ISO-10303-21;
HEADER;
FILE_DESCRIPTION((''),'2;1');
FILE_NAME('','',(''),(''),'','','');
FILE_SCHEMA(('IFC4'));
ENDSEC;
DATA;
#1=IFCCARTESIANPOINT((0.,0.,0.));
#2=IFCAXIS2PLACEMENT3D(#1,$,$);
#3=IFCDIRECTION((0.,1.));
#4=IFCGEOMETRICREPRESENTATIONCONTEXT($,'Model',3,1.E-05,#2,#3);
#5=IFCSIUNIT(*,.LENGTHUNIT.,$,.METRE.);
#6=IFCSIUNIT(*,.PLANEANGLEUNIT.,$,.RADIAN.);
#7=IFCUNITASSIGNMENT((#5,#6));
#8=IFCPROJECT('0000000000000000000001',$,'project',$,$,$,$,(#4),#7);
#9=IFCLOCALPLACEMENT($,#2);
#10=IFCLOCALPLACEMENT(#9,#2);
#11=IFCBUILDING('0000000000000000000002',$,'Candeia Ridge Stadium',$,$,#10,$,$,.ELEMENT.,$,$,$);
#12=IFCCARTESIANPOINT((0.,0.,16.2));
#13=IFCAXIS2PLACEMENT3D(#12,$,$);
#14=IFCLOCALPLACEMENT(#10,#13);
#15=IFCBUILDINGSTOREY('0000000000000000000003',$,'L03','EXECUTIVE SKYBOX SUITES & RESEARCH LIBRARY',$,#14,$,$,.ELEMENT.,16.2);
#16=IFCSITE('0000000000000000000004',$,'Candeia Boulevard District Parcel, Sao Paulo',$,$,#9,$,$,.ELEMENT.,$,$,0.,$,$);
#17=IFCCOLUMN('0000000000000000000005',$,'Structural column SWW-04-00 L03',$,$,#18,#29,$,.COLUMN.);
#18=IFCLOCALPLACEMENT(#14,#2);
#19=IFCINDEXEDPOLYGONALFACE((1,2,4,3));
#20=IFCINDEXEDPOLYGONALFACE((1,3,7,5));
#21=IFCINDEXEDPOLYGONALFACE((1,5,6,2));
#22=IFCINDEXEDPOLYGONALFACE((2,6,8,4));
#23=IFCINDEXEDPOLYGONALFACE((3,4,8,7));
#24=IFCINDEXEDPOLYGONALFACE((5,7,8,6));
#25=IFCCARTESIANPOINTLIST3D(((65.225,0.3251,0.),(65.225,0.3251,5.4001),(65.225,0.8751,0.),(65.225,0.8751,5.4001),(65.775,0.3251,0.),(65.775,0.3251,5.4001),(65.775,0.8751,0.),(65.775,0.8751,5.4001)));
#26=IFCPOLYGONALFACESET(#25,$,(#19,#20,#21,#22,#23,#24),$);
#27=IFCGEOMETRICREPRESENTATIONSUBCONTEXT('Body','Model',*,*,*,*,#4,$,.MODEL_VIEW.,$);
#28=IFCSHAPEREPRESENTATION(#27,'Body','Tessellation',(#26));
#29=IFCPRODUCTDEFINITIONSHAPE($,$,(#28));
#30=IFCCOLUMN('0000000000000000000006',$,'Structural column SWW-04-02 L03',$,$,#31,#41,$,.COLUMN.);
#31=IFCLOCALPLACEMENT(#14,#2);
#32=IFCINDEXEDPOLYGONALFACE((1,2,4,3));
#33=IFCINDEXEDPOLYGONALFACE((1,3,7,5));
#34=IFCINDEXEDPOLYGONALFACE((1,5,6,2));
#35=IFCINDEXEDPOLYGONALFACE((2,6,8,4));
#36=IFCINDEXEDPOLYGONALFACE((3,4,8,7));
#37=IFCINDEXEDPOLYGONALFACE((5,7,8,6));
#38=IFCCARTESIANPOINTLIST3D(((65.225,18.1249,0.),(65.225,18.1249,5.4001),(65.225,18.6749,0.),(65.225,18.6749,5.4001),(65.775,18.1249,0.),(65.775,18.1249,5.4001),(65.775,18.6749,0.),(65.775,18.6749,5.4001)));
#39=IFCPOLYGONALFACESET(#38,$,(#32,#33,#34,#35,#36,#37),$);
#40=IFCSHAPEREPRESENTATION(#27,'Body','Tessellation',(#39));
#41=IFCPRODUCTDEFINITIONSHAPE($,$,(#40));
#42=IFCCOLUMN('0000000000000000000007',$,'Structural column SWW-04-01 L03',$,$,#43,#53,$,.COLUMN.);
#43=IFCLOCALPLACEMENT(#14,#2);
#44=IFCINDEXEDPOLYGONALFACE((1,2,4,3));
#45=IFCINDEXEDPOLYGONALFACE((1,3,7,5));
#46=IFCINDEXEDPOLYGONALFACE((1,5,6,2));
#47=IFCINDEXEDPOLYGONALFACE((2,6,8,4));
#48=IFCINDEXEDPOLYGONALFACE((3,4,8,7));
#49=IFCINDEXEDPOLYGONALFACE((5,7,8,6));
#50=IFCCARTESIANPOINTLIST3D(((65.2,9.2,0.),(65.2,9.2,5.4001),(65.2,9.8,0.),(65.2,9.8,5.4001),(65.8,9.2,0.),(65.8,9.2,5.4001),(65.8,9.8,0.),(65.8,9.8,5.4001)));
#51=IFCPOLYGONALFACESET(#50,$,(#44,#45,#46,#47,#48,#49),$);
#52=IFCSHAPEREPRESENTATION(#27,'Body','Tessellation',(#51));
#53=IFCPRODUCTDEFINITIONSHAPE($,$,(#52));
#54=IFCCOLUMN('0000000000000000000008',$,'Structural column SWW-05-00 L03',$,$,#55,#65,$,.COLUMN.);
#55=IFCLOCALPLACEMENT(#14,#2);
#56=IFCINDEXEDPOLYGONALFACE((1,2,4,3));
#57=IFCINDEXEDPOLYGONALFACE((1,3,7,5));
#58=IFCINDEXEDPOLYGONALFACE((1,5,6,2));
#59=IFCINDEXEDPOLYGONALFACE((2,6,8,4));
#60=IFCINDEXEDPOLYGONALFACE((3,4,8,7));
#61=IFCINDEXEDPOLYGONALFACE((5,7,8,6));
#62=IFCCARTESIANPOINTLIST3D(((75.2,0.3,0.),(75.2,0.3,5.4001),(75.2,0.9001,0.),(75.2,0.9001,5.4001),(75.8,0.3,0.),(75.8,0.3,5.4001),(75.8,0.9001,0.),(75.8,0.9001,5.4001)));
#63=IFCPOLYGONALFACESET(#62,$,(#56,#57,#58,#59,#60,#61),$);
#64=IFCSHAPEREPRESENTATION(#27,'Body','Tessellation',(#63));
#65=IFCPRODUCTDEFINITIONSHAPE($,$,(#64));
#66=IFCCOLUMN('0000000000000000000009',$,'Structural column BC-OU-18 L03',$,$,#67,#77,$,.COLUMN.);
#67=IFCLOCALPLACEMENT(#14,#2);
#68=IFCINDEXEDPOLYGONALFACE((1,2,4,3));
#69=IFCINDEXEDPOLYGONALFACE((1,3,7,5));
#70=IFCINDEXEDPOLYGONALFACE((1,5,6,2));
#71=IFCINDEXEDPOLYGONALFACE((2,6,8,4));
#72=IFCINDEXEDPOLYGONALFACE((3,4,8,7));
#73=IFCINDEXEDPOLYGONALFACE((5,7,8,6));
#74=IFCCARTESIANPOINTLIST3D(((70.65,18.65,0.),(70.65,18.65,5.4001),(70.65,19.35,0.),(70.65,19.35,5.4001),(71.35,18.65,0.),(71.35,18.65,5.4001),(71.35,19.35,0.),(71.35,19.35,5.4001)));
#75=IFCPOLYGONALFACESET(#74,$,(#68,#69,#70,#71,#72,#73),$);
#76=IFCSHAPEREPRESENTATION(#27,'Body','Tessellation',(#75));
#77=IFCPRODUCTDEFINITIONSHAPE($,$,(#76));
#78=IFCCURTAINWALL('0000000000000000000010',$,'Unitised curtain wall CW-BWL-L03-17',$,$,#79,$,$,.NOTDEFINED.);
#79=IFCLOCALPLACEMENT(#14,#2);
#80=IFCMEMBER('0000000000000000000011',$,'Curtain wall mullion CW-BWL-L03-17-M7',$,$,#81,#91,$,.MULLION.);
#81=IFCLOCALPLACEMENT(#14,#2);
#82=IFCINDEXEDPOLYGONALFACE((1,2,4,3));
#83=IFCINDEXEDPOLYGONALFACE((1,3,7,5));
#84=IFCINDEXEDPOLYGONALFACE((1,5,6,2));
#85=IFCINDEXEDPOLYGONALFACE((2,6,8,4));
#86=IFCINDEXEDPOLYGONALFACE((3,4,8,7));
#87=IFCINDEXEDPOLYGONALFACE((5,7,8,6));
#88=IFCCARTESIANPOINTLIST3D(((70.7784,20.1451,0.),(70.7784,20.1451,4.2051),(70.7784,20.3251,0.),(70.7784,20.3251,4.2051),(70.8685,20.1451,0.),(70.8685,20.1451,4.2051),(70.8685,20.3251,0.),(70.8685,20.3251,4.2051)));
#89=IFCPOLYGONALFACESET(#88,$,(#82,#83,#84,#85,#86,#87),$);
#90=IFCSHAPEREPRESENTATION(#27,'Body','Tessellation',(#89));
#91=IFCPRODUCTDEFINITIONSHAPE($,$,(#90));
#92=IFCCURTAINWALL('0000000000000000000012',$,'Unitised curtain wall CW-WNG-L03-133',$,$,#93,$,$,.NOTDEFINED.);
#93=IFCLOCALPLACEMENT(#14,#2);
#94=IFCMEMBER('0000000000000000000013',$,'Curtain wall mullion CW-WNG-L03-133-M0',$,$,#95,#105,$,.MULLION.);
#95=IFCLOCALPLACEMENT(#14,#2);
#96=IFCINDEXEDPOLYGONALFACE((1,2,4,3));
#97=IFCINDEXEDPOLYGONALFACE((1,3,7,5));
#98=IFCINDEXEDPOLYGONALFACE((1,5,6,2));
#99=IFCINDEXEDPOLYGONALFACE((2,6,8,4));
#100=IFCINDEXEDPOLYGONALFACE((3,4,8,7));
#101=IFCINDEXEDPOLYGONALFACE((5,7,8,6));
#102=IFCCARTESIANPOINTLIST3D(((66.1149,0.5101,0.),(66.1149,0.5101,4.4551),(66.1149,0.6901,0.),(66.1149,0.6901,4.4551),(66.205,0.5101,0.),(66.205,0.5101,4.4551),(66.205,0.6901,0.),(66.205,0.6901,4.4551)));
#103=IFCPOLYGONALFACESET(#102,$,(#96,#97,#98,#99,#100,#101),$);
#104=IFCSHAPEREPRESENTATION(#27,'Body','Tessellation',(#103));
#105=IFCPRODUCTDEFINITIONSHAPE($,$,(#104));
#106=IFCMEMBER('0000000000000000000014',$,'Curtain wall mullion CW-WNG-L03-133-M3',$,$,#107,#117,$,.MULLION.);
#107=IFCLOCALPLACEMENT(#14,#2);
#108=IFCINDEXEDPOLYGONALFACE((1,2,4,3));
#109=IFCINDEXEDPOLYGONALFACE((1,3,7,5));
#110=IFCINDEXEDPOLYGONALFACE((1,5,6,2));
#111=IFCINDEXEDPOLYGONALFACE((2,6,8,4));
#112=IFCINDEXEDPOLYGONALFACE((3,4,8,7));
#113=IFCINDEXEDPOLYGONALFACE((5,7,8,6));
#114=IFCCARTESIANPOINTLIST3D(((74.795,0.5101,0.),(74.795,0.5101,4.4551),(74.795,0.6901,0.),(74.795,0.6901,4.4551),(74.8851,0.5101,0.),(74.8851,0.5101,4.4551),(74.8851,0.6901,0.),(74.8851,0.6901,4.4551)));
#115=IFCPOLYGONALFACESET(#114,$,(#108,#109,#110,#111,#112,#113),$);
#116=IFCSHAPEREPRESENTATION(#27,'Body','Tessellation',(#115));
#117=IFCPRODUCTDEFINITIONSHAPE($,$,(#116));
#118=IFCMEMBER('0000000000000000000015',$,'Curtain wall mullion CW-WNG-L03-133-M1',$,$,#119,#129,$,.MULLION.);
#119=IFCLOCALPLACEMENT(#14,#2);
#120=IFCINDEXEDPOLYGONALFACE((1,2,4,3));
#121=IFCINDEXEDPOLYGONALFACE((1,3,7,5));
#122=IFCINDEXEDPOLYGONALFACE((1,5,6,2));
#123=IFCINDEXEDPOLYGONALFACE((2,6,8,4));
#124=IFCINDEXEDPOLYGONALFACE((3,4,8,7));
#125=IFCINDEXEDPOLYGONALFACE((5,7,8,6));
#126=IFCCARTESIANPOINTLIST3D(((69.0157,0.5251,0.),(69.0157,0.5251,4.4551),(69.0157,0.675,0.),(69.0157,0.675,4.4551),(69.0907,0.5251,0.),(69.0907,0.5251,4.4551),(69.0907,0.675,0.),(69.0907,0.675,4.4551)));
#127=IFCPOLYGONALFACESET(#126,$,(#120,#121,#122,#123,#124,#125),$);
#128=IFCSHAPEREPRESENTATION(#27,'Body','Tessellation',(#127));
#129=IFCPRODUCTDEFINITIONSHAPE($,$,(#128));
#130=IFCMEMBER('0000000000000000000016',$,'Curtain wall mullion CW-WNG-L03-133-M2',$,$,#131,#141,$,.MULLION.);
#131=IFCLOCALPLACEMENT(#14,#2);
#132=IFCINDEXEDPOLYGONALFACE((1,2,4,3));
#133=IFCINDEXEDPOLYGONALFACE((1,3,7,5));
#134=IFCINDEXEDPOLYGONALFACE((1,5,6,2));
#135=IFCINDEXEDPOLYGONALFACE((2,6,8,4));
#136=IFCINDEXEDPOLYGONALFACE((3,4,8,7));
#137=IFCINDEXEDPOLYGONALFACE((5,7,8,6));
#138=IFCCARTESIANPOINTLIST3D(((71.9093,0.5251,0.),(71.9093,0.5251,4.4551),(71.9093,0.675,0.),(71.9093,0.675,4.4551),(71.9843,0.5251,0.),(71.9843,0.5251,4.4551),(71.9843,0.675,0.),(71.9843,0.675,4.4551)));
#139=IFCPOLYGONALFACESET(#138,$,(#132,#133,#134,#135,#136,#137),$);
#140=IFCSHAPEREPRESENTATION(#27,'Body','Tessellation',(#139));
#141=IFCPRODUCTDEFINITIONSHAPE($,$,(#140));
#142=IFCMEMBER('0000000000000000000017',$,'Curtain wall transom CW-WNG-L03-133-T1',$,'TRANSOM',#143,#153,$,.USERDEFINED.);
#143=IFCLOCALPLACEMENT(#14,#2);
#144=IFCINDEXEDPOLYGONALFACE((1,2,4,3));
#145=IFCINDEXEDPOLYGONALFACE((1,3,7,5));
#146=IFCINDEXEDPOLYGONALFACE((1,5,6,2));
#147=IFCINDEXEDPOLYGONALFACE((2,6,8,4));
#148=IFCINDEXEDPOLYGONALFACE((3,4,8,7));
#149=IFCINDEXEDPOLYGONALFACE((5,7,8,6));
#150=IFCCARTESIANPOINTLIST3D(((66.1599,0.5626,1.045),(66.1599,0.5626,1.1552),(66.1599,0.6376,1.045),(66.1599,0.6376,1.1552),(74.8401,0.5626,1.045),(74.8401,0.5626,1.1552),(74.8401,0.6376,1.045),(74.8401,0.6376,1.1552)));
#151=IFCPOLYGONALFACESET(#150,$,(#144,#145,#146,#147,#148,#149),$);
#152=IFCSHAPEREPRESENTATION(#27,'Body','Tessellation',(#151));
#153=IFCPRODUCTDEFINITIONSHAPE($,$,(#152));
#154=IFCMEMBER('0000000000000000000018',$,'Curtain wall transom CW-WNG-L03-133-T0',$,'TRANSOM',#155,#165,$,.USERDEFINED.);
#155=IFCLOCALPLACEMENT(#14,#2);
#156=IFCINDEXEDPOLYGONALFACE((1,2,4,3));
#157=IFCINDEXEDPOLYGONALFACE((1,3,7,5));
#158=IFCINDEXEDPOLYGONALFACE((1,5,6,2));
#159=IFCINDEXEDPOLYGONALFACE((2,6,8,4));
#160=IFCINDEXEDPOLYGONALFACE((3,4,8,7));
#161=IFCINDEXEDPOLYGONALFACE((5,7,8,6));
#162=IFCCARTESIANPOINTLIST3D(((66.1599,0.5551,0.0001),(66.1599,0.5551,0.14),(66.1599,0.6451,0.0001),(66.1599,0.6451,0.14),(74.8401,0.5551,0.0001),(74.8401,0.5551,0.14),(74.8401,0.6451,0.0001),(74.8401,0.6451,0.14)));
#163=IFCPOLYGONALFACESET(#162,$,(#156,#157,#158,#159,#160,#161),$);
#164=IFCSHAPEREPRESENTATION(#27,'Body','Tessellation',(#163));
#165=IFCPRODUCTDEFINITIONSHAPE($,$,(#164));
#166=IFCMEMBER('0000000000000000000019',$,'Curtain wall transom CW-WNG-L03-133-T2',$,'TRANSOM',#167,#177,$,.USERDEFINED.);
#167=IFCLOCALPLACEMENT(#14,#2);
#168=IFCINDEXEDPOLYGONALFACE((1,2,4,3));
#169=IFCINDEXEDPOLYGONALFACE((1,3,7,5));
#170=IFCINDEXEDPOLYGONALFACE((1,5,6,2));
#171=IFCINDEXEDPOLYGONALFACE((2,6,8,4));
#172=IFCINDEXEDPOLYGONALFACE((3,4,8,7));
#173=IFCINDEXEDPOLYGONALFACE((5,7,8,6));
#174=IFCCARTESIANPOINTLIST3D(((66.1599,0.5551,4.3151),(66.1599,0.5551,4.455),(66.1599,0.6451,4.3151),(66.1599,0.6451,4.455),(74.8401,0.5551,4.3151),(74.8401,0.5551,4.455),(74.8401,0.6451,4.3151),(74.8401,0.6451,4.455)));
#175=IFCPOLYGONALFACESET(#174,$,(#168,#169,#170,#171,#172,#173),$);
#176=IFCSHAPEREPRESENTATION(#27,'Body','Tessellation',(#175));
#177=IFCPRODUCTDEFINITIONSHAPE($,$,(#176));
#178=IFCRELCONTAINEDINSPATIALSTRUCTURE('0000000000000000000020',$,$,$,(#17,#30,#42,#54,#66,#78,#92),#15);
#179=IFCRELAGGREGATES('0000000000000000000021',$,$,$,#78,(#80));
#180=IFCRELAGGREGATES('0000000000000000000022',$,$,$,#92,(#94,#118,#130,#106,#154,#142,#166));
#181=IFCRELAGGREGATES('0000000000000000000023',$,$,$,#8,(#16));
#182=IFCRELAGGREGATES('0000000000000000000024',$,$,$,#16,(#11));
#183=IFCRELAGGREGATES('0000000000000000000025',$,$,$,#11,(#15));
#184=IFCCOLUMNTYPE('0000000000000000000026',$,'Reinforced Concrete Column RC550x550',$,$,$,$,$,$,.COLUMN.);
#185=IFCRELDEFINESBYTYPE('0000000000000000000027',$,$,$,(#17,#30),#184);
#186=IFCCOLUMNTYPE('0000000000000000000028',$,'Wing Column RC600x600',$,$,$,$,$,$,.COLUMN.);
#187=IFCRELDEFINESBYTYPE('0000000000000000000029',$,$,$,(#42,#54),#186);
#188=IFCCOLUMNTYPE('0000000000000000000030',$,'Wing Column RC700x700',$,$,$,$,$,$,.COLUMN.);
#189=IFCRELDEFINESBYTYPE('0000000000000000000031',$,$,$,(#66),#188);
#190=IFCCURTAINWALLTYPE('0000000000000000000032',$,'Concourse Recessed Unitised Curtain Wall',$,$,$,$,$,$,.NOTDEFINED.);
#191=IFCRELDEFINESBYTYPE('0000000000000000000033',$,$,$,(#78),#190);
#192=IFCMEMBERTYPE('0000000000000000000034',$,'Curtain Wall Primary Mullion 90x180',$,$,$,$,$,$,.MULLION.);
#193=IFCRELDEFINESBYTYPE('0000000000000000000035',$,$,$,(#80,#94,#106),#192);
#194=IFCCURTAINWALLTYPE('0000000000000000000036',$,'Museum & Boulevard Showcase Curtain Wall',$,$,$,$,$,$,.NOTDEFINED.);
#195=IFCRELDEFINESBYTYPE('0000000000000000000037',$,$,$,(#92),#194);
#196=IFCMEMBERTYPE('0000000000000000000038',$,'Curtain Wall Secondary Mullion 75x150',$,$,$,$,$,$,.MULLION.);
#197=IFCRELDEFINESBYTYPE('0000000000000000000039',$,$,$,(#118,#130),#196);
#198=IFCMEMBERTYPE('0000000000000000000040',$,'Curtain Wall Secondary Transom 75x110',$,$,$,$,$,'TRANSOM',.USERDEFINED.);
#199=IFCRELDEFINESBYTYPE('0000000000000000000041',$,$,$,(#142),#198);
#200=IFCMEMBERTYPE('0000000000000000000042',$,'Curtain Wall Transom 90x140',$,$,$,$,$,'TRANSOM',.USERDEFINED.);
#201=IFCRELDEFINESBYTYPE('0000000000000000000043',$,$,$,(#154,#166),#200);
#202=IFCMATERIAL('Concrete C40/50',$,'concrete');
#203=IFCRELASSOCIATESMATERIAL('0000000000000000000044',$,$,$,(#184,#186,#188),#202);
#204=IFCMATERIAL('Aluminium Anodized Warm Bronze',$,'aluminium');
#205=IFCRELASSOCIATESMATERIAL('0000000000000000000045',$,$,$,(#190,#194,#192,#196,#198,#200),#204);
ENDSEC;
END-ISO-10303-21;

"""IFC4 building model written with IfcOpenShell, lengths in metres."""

from ifc_helpers import new_model, si_unit, direction, frame, origin, origin_2d, place, context, subcontext, project, spatial, rectangle, extrude, material, material_profile, profile_set, type_object, element, aggregate, save


model = new_model("IFC4")

# Units and contexts
model_context = context("Model", 3, precision=1e-05, world=origin(), true_north=direction((0.0, 1.0)))
body_context = subcontext(model_context, "Body", "Model", "MODEL_VIEW")
ifc_project = project(units=[si_unit("LENGTHUNIT", "METRE"), si_unit("PLANEANGLEUNIT", "RADIAN")], contexts=[model_context])

# Site, building, storey
site_placement = place(None, origin())
site = spatial("IfcSite", under=ifc_project, at=site_placement, Name="Candeia Boulevard District Parcel, Sao Paulo", CompositionType="ELEMENT", RefElevation=0.0)
building_placement = place(site_placement, origin())
building = spatial("IfcBuilding", under=site, at=building_placement, Name="Candeia Ridge Stadium", CompositionType="ELEMENT")
storey_placement = place(building_placement, frame((0.0, 0.0, 16.2)))
storey = spatial("IfcBuildingStorey", under=building, at=storey_placement, Name="L03", Description="EXECUTIVE SKYBOX SUITES & RESEARCH LIBRARY", CompositionType="ELEMENT", Elevation=16.2)

# Columns
ifc_material_1 = material(Name="Concrete C40/50", Category="concrete")
ifc_material_profile_1 = material_profile(ifc_material_1, rectangle(XDim=0.55, YDim=0.55, at=origin_2d()), Name="RC550x550", Category="concrete")
ifc_profile_set_1 = profile_set([ifc_material_profile_1], Name="Concrete C40/50")
column_type_1 = type_object("IfcColumnType", Name="Reinforced Concrete Column RC550x550", PredefinedType="COLUMN", material=ifc_profile_set_1)
for number, where, z_axis, x_axis, name in (
    (1, (65.5, 0.6001, 0.0), (0.0, 0.0, 1.0), (1.0, 0.0, 0.0), "Structural column SWW-04-00 L03"),
    (2, (65.5, 18.3999, 0.0), (0.0, 0.0, 1.0), (1.0, 0.0, 0.0), "Structural column SWW-04-02 L03"),
):
    element("IfcColumn", number, at=place(storey_placement, frame(where, z_axis=z_axis, x_axis=x_axis)), inside=storey, type_object=column_type_1, Name=name, PredefinedType="COLUMN", context=body_context, shape_type="SweptSolid", body=[
        extrude(rectangle(XDim=0.55, YDim=0.55, at=origin_2d()), origin(), (0.0, 0.0, 1.0), 5.4001),
    ])
ifc_material_profile_2 = material_profile(ifc_material_1, rectangle(XDim=0.6001, YDim=0.6001, at=origin_2d()), Name="RC600x600", Category="concrete")
ifc_profile_set_2 = profile_set([ifc_material_profile_2], Name="Concrete C40/50")
column_type_2 = type_object("IfcColumnType", Name="Wing Column RC600x600", PredefinedType="COLUMN", material=ifc_profile_set_2)
for number, where, z_axis, x_axis, name in (
    (3, (65.5, 9.5, 0.0), (0.0, 0.0, 1.0), (1.0, 0.0, 0.0), "Structural column SWW-04-01 L03"),
    (4, (75.5, 0.6001, 0.0), (0.0, 0.0, 1.0), (1.0, 0.0, 0.0), "Structural column SWW-05-00 L03"),
):
    element("IfcColumn", number, at=place(storey_placement, frame(where, z_axis=z_axis, x_axis=x_axis)), inside=storey, type_object=column_type_2, Name=name, PredefinedType="COLUMN", context=body_context, shape_type="SweptSolid", body=[
        extrude(rectangle(XDim=0.6001, YDim=0.6001, at=origin_2d()), origin(), (0.0, 0.0, 1.0), 5.4001),
    ])
ifc_material_profile_3 = material_profile(ifc_material_1, rectangle(XDim=0.7, YDim=0.7, at=origin_2d()), Name="RC700x700", Category="concrete")
ifc_profile_set_3 = profile_set([ifc_material_profile_3], Name="Concrete C40/50")
column_type_3 = type_object("IfcColumnType", Name="Wing Column RC700x700", PredefinedType="COLUMN", material=ifc_profile_set_3)
column_placement = place(storey_placement, frame((71.0, 19.0, 0.0), z_axis=(0.0, 0.0, 1.0), x_axis=(1.0, 0.0, 0.0)))
element("IfcColumn", 5, at=column_placement, inside=storey, type_object=column_type_3, Name="Structural column BC-OU-18 L03", PredefinedType="COLUMN", context=body_context, shape_type="SweptSolid", body=[
    extrude(rectangle(XDim=0.7, YDim=0.7, at=origin_2d()), origin(), (0.0, 0.0, 1.0), 5.4001),
])

# Curtain wall, member
ifc_material_2 = material(Name="Aluminium Anodized Warm Bronze", Category="aluminium")
curtain_wall_type_1 = type_object("IfcCurtainWallType", Name="Concourse Recessed Unitised Curtain Wall", PredefinedType="NOTDEFINED", material=ifc_material_2)
curtain_wall_1_placement = place(storey_placement, origin())
curtain_wall_1 = element("IfcCurtainWall", 6, at=curtain_wall_1_placement, inside=storey, type_object=curtain_wall_type_1, Name="Unitised curtain wall CW-BWL-L03-17", PredefinedType="NOTDEFINED")
ifc_material_profile_4 = material_profile(ifc_material_2, rectangle(XDim=0.0901, YDim=0.1799, at=origin_2d()), Name="CWM-90x180", Category="aluminium")
ifc_profile_set_4 = profile_set([ifc_material_profile_4], Name="Aluminium Anodized Warm Bronze")
member_type_1 = type_object("IfcMemberType", Name="Curtain Wall Primary Mullion 90x180", PredefinedType="MULLION", material=ifc_profile_set_4)
member_1_placement = place(storey_placement, frame((70.8235, 20.2351, 0.0), z_axis=(0.0, 0.0, 1.0), x_axis=(1.0, 0.0, 0.0)))
member_1 = element("IfcMember", 7, at=member_1_placement, type_object=member_type_1, Name="Curtain wall mullion CW-BWL-L03-17-M7", PredefinedType="MULLION", context=body_context, shape_type="SweptSolid", body=[
    extrude(rectangle(XDim=0.0901, YDim=0.1799, at=origin_2d()), origin(), (0.0, 0.0, 1.0), 4.2051),
])

# Curtain wall, members
curtain_wall_type_2 = type_object("IfcCurtainWallType", Name="Museum & Boulevard Showcase Curtain Wall", PredefinedType="NOTDEFINED", material=ifc_material_2)
curtain_wall_2_placement = place(storey_placement, origin())
curtain_wall_2 = element("IfcCurtainWall", 8, at=curtain_wall_2_placement, inside=storey, type_object=curtain_wall_type_2, Name="Unitised curtain wall CW-WNG-L03-133", PredefinedType="NOTDEFINED")
member_2_placement = place(storey_placement, frame((66.1599, 0.6001, 0.0), z_axis=(0.0, 0.0, 1.0), x_axis=(1.0, 0.0, 0.0)))
member_2 = element("IfcMember", 9, at=member_2_placement, type_object=member_type_1, Name="Curtain wall mullion CW-WNG-L03-133-M0", PredefinedType="MULLION", context=body_context, shape_type="SweptSolid", body=[
    extrude(rectangle(XDim=0.0901, YDim=0.1799, at=origin_2d()), origin(), (0.0, 0.0, 1.0), 4.4551),
])
member_3_placement = place(storey_placement, frame((74.8401, 0.6001, 0.0), z_axis=(0.0, 0.0, 1.0), x_axis=(1.0, 0.0, 0.0)))
member_3 = element("IfcMember", 10, at=member_3_placement, type_object=member_type_1, Name="Curtain wall mullion CW-WNG-L03-133-M3", PredefinedType="MULLION", context=body_context, shape_type="SweptSolid", body=[
    extrude(rectangle(XDim=0.0901, YDim=0.1799, at=origin_2d()), origin(), (0.0, 0.0, 1.0), 4.4551),
])
ifc_material_profile_5 = material_profile(ifc_material_2, rectangle(XDim=0.075, YDim=0.1499, at=origin_2d()), Name="CWM-75x150", Category="aluminium")
ifc_profile_set_5 = profile_set([ifc_material_profile_5], Name="Aluminium Anodized Warm Bronze")
member_type_2 = type_object("IfcMemberType", Name="Curtain Wall Secondary Mullion 75x150", PredefinedType="MULLION", material=ifc_profile_set_5)
member_4_placement = place(storey_placement, frame((69.0532, 0.6001, 0.0), z_axis=(0.0, 0.0, 1.0), x_axis=(1.0, 0.0, 0.0)))
member_4 = element("IfcMember", 11, at=member_4_placement, type_object=member_type_2, Name="Curtain wall mullion CW-WNG-L03-133-M1", PredefinedType="MULLION", context=body_context, shape_type="SweptSolid", body=[
    extrude(rectangle(XDim=0.075, YDim=0.1499, at=origin_2d()), origin(), (0.0, 0.0, 1.0), 4.4551),
])
member_5_placement = place(storey_placement, frame((71.9468, 0.6001, 0.0), z_axis=(0.0, 0.0, 1.0), x_axis=(1.0, 0.0, 0.0)))
member_5 = element("IfcMember", 12, at=member_5_placement, type_object=member_type_2, Name="Curtain wall mullion CW-WNG-L03-133-M2", PredefinedType="MULLION", context=body_context, shape_type="SweptSolid", body=[
    extrude(rectangle(XDim=0.075, YDim=0.1499, at=origin_2d()), origin(), (0.0, 0.0, 1.0), 4.4551),
])
ifc_material_profile_6 = material_profile(ifc_material_2, rectangle(XDim=0.075, YDim=0.1101, at=origin_2d()), Name="CWT-75x110", Category="aluminium")
ifc_profile_set_6 = profile_set([ifc_material_profile_6], Name="Aluminium Anodized Warm Bronze")
member_type_3 = type_object("IfcMemberType", Name="Curtain Wall Secondary Transom 75x110", ElementType="TRANSOM", PredefinedType="USERDEFINED", material=ifc_profile_set_6)
member_6_placement = place(storey_placement, frame((66.1599, 0.6001, 1.1001), z_axis=(1.0, 0.0, 0.0), x_axis=(0.0, 1.0, 0.0)))
member_6 = element("IfcMember", 13, at=member_6_placement, type_object=member_type_3, Name="Curtain wall transom CW-WNG-L03-133-T1", ObjectType="TRANSOM", PredefinedType="USERDEFINED", context=body_context, shape_type="SweptSolid", body=[
    extrude(rectangle(XDim=0.075, YDim=0.1101, at=origin_2d()), origin(), (0.0, 0.0, 1.0), 8.6802),
])
ifc_material_profile_7 = material_profile(ifc_material_2, rectangle(XDim=0.0901, YDim=0.1399, at=origin_2d()), Name="CWT-90x140", Category="aluminium")
ifc_profile_set_7 = profile_set([ifc_material_profile_7], Name="Aluminium Anodized Warm Bronze")
member_type_4 = type_object("IfcMemberType", Name="Curtain Wall Transom 90x140", ElementType="TRANSOM", PredefinedType="USERDEFINED", material=ifc_profile_set_7)
member_7_placement = place(storey_placement, frame((66.1599, 0.6001, 0.0701), z_axis=(1.0, 0.0, 0.0), x_axis=(0.0, 1.0, 0.0)))
member_7 = element("IfcMember", 14, at=member_7_placement, type_object=member_type_4, Name="Curtain wall transom CW-WNG-L03-133-T0", ObjectType="TRANSOM", PredefinedType="USERDEFINED", context=body_context, shape_type="SweptSolid", body=[
    extrude(rectangle(XDim=0.0901, YDim=0.1399, at=origin_2d()), origin(), (0.0, 0.0, 1.0), 8.6802),
])
member_8_placement = place(storey_placement, frame((66.1599, 0.6001, 4.385), z_axis=(1.0, 0.0, 0.0), x_axis=(0.0, 1.0, 0.0)))
member_8 = element("IfcMember", 15, at=member_8_placement, type_object=member_type_4, Name="Curtain wall transom CW-WNG-L03-133-T2", ObjectType="TRANSOM", PredefinedType="USERDEFINED", context=body_context, shape_type="SweptSolid", body=[
    extrude(rectangle(XDim=0.0901, YDim=0.1399, at=origin_2d()), origin(), (0.0, 0.0, 1.0), 8.6802),
])

aggregate(curtain_wall_1, [member_1])
aggregate(curtain_wall_2, [member_2, member_4, member_5, member_3, member_7, member_6, member_8])

save(model, "model.ifc")
